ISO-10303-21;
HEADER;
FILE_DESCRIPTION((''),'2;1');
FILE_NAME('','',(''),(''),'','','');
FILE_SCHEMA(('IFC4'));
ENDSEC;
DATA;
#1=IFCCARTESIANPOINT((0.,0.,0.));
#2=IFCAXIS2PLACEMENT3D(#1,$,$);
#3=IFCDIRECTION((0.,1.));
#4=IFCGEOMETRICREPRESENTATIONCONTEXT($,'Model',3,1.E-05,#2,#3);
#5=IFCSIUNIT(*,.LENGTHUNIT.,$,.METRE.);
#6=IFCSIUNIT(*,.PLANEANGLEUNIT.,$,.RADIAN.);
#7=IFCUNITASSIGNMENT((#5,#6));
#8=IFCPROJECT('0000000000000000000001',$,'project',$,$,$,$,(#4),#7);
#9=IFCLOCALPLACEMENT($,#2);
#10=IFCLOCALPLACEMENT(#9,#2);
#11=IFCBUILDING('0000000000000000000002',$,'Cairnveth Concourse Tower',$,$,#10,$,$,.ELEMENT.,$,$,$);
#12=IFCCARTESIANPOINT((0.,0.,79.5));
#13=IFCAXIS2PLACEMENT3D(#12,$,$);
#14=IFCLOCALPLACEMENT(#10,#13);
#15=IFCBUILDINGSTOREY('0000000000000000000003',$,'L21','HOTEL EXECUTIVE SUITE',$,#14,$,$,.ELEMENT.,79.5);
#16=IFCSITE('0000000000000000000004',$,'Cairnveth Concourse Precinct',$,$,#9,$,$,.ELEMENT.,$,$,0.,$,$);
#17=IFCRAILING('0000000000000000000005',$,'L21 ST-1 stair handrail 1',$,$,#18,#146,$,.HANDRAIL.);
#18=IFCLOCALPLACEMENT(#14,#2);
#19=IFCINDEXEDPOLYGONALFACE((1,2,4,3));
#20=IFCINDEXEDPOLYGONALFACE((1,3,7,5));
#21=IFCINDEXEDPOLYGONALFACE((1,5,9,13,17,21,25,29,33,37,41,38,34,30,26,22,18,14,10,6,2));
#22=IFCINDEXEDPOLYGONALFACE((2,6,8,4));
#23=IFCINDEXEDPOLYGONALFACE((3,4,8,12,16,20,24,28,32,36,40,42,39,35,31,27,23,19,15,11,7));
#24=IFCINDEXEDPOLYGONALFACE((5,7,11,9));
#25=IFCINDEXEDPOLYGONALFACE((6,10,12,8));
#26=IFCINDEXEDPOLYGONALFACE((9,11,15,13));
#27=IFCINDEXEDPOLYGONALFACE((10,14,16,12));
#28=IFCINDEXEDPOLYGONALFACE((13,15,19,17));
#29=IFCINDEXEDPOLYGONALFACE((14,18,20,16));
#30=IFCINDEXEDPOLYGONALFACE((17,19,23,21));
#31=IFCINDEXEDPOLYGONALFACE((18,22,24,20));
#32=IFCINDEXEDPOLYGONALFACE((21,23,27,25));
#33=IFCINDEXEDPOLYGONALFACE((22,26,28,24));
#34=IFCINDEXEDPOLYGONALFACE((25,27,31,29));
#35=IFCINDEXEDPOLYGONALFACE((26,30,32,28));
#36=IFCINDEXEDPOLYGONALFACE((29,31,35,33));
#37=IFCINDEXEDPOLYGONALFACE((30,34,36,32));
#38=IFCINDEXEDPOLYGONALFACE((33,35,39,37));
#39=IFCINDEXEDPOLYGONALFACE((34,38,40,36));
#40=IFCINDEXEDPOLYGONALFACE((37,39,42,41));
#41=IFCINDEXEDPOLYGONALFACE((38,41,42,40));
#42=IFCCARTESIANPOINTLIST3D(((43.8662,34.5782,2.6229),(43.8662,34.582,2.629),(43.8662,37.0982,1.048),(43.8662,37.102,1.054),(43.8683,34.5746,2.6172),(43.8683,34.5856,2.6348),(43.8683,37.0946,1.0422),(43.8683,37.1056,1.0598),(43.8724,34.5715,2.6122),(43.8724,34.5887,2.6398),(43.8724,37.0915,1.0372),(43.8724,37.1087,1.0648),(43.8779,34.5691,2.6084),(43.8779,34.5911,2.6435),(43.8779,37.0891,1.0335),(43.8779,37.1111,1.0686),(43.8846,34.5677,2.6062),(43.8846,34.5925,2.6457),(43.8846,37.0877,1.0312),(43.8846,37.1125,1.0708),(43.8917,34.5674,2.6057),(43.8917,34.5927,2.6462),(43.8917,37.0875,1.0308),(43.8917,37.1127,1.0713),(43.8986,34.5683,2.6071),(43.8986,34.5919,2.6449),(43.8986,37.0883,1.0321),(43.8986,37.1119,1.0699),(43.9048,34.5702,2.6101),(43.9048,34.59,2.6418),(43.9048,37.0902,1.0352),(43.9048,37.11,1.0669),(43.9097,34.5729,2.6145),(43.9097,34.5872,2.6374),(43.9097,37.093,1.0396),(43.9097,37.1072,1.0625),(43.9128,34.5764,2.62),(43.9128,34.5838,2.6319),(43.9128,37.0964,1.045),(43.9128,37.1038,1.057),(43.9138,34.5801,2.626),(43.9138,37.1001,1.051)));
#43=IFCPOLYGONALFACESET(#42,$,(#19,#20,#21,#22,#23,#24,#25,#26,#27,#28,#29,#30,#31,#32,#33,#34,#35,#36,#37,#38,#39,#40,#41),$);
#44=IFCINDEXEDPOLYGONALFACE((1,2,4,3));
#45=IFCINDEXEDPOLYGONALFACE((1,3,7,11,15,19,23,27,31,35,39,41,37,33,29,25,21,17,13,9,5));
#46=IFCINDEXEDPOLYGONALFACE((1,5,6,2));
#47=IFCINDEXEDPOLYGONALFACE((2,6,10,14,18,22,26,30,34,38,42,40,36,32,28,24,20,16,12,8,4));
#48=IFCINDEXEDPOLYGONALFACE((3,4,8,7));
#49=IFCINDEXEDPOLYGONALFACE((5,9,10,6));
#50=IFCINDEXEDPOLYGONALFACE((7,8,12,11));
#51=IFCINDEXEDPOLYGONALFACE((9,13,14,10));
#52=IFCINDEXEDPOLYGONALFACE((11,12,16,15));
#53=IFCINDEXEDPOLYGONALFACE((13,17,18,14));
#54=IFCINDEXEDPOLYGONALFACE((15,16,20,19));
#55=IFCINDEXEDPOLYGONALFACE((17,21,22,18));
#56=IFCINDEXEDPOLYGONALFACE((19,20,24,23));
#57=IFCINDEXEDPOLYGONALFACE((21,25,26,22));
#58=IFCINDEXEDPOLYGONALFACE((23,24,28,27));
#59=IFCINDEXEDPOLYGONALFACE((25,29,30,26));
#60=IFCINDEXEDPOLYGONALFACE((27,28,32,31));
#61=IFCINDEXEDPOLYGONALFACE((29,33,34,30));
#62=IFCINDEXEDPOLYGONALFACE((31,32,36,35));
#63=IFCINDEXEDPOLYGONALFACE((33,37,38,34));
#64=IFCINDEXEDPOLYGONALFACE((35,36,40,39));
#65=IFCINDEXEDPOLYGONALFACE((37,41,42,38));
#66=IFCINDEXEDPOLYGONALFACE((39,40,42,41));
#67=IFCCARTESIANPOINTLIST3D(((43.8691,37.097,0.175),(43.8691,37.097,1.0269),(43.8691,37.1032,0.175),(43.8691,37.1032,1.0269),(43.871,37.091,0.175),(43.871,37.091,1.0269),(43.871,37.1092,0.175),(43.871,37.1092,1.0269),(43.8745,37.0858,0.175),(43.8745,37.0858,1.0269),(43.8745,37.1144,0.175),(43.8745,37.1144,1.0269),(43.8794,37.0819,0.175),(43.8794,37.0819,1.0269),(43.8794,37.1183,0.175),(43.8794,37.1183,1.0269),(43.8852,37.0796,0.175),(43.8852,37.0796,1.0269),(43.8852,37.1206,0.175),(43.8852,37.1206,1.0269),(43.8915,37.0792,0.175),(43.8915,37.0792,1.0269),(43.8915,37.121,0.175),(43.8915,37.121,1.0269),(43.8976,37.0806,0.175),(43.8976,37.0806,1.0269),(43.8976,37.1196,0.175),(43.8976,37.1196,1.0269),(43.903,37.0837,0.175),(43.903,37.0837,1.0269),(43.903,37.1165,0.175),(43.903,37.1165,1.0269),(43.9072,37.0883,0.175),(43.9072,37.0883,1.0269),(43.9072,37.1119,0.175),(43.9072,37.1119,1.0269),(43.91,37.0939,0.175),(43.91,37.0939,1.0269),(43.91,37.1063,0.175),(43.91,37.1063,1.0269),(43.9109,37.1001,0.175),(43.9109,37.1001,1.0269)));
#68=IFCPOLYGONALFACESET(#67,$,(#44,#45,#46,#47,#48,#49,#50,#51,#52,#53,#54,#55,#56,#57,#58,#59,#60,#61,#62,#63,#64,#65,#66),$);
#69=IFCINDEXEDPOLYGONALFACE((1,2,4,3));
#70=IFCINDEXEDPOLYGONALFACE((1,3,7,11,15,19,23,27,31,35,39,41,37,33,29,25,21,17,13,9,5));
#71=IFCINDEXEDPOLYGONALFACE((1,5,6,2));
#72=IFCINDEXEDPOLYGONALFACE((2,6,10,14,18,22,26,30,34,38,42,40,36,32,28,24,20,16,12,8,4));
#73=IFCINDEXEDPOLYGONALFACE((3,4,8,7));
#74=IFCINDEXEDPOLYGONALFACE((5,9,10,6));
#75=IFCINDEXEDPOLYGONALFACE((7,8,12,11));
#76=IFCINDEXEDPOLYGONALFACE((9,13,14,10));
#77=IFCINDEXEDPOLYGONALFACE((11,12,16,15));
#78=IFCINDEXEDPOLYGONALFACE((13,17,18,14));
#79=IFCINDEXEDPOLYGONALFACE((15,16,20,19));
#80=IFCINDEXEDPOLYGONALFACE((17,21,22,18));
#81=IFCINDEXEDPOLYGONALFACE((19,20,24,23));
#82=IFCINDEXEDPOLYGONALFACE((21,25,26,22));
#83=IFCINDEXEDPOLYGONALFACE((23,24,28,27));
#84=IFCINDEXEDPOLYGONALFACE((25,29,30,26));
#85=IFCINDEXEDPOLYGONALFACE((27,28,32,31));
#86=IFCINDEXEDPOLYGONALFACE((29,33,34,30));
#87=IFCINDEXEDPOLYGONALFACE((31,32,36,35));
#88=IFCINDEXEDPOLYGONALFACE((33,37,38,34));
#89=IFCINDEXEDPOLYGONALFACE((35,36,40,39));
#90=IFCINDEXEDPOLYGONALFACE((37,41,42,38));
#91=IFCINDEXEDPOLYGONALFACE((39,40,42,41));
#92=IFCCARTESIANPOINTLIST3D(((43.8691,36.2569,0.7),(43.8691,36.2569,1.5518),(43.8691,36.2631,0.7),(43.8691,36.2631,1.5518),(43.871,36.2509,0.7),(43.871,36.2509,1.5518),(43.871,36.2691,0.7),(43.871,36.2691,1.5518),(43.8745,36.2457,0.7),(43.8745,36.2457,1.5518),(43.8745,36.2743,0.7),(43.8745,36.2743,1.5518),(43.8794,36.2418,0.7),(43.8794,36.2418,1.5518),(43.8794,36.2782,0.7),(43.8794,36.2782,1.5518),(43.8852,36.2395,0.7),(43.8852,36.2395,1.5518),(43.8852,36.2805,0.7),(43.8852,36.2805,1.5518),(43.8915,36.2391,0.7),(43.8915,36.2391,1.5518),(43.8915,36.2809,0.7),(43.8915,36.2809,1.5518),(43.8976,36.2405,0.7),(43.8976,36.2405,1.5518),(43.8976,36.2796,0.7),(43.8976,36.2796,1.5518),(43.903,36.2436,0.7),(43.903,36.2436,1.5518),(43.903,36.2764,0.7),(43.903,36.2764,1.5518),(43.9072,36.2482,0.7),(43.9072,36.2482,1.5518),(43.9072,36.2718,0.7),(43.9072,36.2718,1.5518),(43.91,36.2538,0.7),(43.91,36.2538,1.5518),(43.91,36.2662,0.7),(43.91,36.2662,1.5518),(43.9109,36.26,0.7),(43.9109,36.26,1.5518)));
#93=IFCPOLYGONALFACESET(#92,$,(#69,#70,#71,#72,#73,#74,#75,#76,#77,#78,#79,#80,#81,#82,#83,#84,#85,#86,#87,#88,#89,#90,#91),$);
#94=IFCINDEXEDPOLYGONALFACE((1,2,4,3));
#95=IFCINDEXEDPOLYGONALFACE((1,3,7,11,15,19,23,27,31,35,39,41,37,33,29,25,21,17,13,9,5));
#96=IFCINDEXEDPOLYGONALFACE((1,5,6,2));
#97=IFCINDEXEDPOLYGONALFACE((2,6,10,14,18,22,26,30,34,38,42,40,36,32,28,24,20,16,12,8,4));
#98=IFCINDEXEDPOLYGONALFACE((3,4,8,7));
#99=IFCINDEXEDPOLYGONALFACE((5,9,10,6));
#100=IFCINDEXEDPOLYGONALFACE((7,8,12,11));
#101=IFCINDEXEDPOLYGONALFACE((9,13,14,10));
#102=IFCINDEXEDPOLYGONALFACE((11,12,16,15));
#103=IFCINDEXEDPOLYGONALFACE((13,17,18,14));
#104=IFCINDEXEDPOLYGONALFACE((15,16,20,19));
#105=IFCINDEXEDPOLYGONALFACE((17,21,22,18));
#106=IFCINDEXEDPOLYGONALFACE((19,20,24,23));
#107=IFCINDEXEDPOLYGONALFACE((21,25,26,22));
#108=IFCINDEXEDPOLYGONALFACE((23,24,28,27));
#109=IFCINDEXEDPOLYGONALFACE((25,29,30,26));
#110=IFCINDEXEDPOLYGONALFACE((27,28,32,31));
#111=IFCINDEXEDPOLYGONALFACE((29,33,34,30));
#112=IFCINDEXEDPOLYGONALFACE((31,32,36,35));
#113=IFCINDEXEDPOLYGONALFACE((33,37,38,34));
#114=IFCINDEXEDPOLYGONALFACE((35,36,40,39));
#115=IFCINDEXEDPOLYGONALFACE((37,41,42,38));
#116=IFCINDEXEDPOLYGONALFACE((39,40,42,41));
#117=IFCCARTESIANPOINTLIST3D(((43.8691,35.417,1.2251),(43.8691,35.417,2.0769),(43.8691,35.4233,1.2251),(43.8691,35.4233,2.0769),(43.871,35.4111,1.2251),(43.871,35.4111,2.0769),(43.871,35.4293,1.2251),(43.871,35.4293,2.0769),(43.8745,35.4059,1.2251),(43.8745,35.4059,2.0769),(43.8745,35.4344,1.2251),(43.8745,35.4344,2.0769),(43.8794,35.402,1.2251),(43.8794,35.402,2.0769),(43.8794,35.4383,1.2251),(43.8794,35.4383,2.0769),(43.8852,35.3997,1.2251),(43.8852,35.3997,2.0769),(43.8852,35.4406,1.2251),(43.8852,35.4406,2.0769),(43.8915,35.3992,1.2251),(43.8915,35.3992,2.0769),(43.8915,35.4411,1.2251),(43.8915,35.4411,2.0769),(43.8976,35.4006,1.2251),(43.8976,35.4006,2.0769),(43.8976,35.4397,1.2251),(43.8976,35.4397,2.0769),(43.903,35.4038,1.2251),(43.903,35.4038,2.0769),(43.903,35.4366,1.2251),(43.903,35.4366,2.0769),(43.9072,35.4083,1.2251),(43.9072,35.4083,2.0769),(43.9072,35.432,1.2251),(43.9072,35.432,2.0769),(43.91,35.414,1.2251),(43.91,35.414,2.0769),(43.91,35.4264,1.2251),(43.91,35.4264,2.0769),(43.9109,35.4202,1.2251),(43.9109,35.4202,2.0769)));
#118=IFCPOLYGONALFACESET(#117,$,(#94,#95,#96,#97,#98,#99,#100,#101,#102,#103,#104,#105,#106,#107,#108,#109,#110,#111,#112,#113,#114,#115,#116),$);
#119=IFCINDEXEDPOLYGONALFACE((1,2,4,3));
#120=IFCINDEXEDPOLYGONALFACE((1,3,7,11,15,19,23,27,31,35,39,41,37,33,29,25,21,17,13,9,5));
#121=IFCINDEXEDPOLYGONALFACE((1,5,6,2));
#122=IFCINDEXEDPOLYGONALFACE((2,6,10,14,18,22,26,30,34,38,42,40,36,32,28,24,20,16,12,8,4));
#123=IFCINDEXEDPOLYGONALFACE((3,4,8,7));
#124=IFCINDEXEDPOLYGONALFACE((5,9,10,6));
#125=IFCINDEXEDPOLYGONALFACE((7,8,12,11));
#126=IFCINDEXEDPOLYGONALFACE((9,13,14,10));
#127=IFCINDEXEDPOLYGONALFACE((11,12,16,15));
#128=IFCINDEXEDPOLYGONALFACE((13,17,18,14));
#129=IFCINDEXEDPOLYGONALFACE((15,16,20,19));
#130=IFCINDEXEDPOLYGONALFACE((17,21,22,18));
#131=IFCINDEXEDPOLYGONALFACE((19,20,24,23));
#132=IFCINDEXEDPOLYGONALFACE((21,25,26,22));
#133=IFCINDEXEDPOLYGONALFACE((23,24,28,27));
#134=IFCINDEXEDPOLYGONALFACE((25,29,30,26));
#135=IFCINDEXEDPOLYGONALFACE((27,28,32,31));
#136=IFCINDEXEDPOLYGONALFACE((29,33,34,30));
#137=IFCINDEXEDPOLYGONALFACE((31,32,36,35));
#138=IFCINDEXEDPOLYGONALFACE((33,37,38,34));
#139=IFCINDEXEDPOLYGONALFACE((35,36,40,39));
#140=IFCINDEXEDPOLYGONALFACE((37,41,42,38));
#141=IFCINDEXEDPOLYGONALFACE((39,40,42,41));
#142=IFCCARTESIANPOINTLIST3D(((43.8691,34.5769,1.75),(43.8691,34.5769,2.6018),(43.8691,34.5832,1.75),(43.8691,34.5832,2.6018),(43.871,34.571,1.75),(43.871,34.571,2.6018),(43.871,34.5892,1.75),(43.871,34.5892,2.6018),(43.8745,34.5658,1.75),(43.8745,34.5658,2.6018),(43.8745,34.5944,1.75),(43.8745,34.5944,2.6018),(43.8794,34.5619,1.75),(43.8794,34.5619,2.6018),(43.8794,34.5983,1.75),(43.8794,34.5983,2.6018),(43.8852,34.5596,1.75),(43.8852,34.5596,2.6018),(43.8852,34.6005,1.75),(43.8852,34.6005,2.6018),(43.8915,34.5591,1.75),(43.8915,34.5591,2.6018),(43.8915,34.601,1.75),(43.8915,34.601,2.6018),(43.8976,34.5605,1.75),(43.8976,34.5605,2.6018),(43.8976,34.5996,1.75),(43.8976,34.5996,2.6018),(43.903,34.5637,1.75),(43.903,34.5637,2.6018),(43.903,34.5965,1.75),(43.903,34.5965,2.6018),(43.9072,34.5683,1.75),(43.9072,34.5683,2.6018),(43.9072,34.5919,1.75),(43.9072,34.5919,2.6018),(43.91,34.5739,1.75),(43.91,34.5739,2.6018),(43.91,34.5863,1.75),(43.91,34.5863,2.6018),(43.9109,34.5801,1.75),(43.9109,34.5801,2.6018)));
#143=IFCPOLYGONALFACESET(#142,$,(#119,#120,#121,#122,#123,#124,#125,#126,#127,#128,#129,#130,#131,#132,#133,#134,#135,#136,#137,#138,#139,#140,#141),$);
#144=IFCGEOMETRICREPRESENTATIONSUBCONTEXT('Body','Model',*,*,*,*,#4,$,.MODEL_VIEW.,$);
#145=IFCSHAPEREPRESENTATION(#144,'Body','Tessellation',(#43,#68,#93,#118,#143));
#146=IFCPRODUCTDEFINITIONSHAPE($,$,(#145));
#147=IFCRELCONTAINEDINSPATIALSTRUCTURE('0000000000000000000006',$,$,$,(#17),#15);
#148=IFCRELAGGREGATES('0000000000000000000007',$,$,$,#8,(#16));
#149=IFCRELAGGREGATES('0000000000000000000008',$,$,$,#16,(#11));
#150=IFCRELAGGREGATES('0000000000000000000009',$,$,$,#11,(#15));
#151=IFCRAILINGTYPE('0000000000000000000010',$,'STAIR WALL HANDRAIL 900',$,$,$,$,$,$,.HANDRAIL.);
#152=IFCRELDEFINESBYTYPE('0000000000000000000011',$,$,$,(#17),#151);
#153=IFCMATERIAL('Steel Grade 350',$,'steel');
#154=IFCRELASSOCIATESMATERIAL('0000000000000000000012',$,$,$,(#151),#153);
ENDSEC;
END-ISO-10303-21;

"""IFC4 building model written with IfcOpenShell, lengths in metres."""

from ifc_helpers import new_model, si_unit, direction, frame, origin, origin_2d, place, context, subcontext, project, spatial, circle, extrude, material, type_object, element, save


model = new_model("IFC4")

# Units and contexts
model_context = context("Model", 3, precision=1e-05, world=origin(), true_north=direction((0.0, 1.0)))
body_context = subcontext(model_context, "Body", "Model", "MODEL_VIEW")
ifc_project = project(units=[si_unit("LENGTHUNIT", "METRE"), si_unit("PLANEANGLEUNIT", "RADIAN")], contexts=[model_context])

# Site, building, storey
site_placement = place(None, origin())
site = spatial("IfcSite", under=ifc_project, at=site_placement, Name="Cairnveth Concourse Precinct", CompositionType="ELEMENT", RefElevation=0.0)
building_placement = place(site_placement, origin())
building = spatial("IfcBuilding", under=site, at=building_placement, Name="Cairnveth Concourse Tower", CompositionType="ELEMENT")
storey_placement = place(building_placement, frame((0.0, 0.0, 79.5)))
storey = spatial("IfcBuildingStorey", under=building, at=storey_placement, Name="L21", Description="HOTEL EXECUTIVE SUITE", CompositionType="ELEMENT", Elevation=79.5)

# Shared definitions
ifc_material_1 = material(Name="Steel Grade 350", Category="steel")

# Railing
railing_type_1 = type_object("IfcRailingType", Name="STAIR WALL HANDRAIL 900", PredefinedType="HANDRAIL", material=ifc_material_1)
railing_1_placement = place(storey_placement, frame((43.8899, 37.1001, 0.175)))
element("IfcRailing", 1, at=railing_1_placement, inside=storey, type_object=railing_type_1, Name="L21 ST-1 stair handrail 1", PredefinedType="HANDRAIL", context=body_context, shape_type="SweptSolid", body=[
    extrude(circle(Radius=0.0239, at=origin_2d()), frame((0.0, 0.0, 0.876), z_axis=(0.0, -0.848008, 0.529984), x_axis=(1.0, 0.0, 0.0)), (0.0, 0.0, 1.0), 2.9717),
    extrude(circle(Radius=0.021, at=origin_2d()), origin(), (0.0, 0.0, 1.0), 0.8518),
    extrude(circle(Radius=0.021, at=origin_2d()), frame((0.0, -0.8401, 0.5249)), (0.0, 0.0, 1.0), 0.8518),
    extrude(circle(Radius=0.021, at=origin_2d()), frame((0.0, -1.6799, 1.05)), (0.0, 0.0, 1.0), 0.8518),
    extrude(circle(Radius=0.021, at=origin_2d()), frame((0.0, -2.52, 1.575)), (0.0, 0.0, 1.0), 0.8518),
])

save(model, "model.ifc")
